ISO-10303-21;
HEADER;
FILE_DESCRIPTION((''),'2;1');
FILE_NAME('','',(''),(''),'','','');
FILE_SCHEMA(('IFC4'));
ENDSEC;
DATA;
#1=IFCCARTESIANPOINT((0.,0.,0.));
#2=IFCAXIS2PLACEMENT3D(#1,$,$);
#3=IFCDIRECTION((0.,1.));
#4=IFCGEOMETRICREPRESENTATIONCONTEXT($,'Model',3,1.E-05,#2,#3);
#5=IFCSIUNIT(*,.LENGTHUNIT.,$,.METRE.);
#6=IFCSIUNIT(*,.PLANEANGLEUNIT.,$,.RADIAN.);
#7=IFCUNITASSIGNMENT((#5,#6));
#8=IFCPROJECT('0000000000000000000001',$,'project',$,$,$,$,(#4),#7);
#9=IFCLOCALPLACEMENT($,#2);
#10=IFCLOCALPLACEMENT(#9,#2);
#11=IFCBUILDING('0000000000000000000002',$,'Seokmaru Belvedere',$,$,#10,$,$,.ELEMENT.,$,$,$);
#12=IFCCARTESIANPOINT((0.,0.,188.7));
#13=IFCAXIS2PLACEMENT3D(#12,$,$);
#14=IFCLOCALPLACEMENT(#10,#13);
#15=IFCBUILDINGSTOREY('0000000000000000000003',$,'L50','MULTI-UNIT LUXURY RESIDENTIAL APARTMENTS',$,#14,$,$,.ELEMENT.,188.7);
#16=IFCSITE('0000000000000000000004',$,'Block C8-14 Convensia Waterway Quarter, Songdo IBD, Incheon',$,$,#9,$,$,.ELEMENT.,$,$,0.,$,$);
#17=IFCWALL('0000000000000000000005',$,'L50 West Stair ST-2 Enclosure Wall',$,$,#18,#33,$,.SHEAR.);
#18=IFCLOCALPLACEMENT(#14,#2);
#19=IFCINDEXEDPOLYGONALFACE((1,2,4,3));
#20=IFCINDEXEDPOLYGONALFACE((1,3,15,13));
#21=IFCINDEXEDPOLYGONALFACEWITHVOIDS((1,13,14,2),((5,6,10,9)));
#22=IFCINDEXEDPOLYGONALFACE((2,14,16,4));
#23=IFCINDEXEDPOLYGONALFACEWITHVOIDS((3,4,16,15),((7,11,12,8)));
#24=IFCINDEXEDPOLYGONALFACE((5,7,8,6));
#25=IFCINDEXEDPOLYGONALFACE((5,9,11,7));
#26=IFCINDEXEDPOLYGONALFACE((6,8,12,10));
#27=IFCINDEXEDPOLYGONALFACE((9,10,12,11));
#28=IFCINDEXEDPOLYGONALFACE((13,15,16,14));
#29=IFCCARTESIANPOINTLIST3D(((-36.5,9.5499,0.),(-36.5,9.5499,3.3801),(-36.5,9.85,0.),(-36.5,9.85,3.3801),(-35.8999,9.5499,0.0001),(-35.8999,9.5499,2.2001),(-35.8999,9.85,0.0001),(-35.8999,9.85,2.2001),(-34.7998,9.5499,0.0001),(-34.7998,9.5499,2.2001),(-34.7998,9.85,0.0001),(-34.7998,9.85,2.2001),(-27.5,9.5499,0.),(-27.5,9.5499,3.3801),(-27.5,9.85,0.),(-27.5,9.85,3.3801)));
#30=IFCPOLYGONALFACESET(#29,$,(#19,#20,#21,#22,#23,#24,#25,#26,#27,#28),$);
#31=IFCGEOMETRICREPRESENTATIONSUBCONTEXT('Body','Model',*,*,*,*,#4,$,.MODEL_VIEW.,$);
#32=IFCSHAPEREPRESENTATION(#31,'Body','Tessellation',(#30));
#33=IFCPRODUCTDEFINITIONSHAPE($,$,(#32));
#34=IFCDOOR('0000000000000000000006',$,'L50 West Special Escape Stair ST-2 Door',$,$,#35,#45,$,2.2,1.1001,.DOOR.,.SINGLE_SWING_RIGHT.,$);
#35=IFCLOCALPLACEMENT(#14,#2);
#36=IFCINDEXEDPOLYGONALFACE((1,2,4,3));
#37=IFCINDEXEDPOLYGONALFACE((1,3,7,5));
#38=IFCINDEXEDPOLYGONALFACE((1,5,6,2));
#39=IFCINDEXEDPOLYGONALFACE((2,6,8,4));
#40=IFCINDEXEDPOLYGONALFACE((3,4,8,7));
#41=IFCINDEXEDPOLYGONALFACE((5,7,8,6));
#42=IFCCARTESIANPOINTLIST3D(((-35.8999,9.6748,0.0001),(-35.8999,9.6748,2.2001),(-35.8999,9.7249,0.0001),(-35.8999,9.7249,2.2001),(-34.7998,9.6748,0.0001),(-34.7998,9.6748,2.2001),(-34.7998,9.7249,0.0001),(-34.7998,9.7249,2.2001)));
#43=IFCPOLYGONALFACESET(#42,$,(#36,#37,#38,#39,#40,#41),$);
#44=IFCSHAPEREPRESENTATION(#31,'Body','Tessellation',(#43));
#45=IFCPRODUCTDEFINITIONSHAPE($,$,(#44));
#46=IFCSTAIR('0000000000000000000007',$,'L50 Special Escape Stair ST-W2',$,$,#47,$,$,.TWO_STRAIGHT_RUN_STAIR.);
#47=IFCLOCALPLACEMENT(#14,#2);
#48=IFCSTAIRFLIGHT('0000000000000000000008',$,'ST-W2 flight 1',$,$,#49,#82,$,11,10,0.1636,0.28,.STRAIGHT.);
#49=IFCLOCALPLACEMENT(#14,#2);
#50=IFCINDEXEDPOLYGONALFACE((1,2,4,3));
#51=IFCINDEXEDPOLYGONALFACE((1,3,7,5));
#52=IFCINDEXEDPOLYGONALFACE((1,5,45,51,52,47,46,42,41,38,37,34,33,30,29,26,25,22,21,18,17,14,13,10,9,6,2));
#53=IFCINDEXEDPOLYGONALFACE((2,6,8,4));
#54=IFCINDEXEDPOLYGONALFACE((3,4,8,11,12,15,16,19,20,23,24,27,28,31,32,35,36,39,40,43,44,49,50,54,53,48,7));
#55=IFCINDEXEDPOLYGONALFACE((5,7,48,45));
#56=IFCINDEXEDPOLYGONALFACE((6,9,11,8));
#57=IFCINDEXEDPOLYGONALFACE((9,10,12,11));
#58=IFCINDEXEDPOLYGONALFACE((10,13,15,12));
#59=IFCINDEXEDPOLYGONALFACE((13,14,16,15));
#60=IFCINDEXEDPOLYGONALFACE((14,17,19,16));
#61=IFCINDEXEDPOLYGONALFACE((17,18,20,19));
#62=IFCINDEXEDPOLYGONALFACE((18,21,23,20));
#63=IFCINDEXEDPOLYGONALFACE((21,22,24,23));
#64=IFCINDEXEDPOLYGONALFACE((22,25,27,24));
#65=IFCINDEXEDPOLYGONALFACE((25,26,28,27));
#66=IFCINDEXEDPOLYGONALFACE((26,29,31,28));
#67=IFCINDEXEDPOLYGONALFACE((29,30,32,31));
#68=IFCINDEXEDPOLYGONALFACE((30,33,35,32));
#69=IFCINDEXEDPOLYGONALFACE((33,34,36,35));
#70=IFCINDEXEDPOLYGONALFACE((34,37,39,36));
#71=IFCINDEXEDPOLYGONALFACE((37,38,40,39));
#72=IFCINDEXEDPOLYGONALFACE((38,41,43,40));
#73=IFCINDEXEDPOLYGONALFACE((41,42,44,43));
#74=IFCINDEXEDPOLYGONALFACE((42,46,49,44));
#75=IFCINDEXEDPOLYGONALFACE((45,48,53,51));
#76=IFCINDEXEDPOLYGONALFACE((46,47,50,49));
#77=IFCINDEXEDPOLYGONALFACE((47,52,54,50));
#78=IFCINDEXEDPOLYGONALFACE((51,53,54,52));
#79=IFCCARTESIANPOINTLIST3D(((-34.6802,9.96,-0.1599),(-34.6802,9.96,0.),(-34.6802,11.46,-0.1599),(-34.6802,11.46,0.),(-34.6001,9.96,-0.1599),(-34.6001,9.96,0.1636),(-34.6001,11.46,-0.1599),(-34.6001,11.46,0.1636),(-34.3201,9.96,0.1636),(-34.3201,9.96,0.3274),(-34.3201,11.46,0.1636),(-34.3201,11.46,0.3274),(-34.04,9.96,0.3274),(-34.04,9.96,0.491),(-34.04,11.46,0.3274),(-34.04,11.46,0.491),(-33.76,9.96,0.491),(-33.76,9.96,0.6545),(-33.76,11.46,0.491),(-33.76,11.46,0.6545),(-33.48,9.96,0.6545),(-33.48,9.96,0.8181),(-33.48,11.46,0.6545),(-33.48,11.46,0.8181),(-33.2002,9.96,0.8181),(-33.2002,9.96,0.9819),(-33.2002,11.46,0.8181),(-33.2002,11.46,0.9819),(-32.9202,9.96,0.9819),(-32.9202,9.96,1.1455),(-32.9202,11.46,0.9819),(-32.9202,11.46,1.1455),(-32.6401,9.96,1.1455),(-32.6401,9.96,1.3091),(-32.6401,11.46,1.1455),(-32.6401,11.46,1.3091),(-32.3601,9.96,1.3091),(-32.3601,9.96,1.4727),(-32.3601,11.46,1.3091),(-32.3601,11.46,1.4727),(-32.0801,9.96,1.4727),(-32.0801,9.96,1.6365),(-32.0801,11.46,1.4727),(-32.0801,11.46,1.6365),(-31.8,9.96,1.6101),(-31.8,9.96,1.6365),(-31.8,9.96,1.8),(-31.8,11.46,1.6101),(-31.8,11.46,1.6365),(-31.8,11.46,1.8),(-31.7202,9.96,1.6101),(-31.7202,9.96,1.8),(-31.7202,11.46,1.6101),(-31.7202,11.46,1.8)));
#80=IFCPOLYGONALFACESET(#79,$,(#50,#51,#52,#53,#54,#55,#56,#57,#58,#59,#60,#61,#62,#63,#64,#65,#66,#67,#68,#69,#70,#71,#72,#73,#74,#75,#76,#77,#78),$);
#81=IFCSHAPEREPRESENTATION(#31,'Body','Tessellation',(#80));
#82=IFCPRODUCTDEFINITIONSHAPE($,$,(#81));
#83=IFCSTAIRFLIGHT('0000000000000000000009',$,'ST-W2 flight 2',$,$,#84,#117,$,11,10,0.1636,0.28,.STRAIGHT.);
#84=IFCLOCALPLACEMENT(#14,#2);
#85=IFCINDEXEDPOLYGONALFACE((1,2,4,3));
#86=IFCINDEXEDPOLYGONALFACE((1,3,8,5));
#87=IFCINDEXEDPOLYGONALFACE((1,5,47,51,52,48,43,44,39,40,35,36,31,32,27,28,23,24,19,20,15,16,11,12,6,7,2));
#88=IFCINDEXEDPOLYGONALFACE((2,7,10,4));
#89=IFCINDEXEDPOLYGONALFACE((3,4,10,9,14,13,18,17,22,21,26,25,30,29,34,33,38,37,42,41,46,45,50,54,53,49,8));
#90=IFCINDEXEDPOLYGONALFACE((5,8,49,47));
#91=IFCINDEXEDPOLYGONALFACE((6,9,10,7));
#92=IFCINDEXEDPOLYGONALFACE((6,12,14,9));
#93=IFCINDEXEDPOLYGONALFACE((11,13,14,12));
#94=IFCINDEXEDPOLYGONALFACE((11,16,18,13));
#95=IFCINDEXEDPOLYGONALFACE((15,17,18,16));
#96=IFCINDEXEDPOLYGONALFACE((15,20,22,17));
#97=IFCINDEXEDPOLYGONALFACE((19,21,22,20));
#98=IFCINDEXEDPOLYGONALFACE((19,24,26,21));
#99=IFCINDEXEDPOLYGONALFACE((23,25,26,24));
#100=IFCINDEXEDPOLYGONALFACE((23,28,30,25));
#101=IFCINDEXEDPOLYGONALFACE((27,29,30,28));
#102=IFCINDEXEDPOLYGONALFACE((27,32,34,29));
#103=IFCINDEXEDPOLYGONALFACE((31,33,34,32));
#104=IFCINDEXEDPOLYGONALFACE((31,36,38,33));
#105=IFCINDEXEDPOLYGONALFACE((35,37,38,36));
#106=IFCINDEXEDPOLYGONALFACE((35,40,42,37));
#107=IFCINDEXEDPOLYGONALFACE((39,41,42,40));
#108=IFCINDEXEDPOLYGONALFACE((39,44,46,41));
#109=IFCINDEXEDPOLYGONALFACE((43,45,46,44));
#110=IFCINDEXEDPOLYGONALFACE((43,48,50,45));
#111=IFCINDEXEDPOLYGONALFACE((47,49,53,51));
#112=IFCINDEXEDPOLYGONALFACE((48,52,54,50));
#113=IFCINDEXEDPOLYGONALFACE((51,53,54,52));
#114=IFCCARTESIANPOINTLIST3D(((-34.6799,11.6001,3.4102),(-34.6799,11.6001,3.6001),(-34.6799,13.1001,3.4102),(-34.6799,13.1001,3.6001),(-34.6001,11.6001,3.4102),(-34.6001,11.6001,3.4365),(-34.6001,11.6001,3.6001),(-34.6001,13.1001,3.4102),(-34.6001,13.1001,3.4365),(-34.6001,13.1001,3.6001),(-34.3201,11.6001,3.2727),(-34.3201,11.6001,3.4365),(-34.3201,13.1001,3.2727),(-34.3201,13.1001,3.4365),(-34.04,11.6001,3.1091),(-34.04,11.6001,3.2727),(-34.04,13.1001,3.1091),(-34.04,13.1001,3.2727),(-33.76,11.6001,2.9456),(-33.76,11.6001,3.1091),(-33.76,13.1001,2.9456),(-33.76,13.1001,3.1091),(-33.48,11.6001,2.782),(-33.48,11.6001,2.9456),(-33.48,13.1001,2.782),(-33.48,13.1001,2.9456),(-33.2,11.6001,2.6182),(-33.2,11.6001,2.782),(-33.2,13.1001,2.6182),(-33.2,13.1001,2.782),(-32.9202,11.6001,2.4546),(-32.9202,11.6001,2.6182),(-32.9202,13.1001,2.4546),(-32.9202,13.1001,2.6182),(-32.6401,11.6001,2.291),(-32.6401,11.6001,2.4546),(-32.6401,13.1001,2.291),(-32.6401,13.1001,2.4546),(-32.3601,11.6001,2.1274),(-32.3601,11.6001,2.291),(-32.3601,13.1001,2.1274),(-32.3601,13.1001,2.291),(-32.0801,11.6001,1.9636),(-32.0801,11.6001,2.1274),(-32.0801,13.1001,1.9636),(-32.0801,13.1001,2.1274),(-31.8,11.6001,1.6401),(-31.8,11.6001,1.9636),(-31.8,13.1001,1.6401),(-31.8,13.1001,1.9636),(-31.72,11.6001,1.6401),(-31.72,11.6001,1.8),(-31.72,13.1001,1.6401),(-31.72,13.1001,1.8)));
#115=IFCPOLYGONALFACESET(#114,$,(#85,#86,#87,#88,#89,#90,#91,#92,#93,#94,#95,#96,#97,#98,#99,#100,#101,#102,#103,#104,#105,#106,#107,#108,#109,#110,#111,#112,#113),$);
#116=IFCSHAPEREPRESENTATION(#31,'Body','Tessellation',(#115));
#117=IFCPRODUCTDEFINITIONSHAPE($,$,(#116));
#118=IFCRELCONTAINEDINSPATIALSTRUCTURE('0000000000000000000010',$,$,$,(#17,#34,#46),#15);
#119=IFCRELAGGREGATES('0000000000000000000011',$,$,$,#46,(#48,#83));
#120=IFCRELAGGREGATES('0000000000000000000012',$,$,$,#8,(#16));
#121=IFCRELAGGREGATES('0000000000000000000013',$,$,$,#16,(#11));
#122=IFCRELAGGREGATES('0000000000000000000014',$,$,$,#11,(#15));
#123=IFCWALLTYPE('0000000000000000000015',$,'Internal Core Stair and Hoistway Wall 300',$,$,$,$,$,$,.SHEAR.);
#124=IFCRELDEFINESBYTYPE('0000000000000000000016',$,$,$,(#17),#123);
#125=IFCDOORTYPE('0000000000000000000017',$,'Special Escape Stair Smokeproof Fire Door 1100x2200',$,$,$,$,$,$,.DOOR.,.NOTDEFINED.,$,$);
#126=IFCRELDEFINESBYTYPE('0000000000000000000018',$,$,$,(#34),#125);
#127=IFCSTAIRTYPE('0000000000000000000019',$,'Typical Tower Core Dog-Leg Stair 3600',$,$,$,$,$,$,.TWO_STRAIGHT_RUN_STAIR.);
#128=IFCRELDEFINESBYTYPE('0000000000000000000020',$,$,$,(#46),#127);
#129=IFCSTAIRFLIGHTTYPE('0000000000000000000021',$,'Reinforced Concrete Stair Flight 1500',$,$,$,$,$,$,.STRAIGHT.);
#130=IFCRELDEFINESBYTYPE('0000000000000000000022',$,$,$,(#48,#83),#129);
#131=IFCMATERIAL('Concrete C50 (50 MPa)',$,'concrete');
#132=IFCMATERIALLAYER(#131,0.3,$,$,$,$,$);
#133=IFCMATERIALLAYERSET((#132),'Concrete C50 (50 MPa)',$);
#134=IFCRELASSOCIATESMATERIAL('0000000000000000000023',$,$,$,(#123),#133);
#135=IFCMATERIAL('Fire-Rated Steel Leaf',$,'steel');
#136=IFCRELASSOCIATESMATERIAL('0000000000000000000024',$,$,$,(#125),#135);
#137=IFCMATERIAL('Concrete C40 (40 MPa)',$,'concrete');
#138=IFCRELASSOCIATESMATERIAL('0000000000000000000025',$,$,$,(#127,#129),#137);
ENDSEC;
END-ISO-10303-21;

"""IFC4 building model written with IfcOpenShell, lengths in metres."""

from ifc_helpers import new_model, si_unit, direction, frame, frame_2d, origin, place, context, subcontext, project, spatial, polyline, rectangle, outline, extrude, source, transform, mapped, material, layer, layer_set, type_object, type_shapes, element, fill, aggregate, save


model = new_model("IFC4")

# Units and contexts
model_context = context("Model", 3, precision=1e-05, world=origin(), true_north=direction((0.0, 1.0)))
body_context = subcontext(model_context, "Body", "Model", "MODEL_VIEW")
ifc_project = project(units=[si_unit("LENGTHUNIT", "METRE"), si_unit("PLANEANGLEUNIT", "RADIAN")], contexts=[model_context])

# Site, building, storey
site_placement = place(None, origin())
site = spatial("IfcSite", under=ifc_project, at=site_placement, Name="Block C8-14 Convensia Waterway Quarter, Songdo IBD, Incheon", CompositionType="ELEMENT", RefElevation=0.0)
building_placement = place(site_placement, origin())
building = spatial("IfcBuilding", under=site, at=building_placement, Name="Seokmaru Belvedere", CompositionType="ELEMENT")
storey_placement = place(building_placement, frame((0.0, 0.0, 188.7)))
storey = spatial("IfcBuildingStorey", under=building, at=storey_placement, Name="L50", Description="MULTI-UNIT LUXURY RESIDENTIAL APARTMENTS", CompositionType="ELEMENT", Elevation=188.7)

# Shared definitions
ifc_material_1 = material(Name="Concrete C50 (50 MPa)", Category="concrete")

# Wall, opening, door
ifc_layer_1 = layer(ifc_material_1, 0.3)
ifc_layer_set_1 = layer_set([ifc_layer_1], Name="Concrete C50 (50 MPa)")
wall_type_1 = type_object("IfcWallType", Name="Internal Core Stair and Hoistway Wall 300", PredefinedType="SHEAR", material=ifc_layer_set_1)
wall_1_placement = place(storey_placement, frame((-36.5, 9.7, 0.0), z_axis=(0.0, 0.0, 1.0), x_axis=(1.0, 0.0, 0.0)))
wall_1 = element("IfcWall", 1, at=wall_1_placement, inside=storey, type_object=wall_type_1, Name="L50 West Stair ST-2 Enclosure Wall", PredefinedType="SHEAR", context=body_context, shape_type="SweptSolid", body=[
    extrude(rectangle(XDim=9.0, YDim=0.3, at=frame_2d((4.5, 0.0))), origin(), (0.0, 0.0, 1.0), 3.3801),
])
opening_1_placement = place(wall_1_placement, frame((0.6001, 0.0, 0.0)))
opening_1 = element("IfcOpeningElement", 2, at=opening_1_placement, cuts=wall_1, PredefinedType="OPENING", context=body_context, shape_type="SweptSolid", body=[
    extrude(rectangle(XDim=1.1001, YDim=2.2, at=frame_2d((0.55, 1.1001))), frame((0.0, 0.1602, 0.0), z_axis=(0.0, -1.0, 0.0), x_axis=(1.0, 0.0, 0.0)), (0.0, 0.0, 1.0), 0.3201),
])
ifc_material_2 = material(Name="Fire-Rated Steel Leaf", Category="steel")
door_type_1 = type_object("IfcDoorType", Name="Special Escape Stair Smokeproof Fire Door 1100x2200", OperationType="NOTDEFINED", PredefinedType="DOOR", material=ifc_material_2)
shared_shape_1 = source(origin(), body_context, "Body", "SweptSolid", [
    extrude(rectangle(XDim=1.1001, YDim=2.2, at=frame_2d((0.55, 1.1001))), frame((0.0, 0.0249, 0.0), z_axis=(0.0, -1.0, 0.0), x_axis=(1.0, 0.0, 0.0)), (0.0, 0.0, 1.0), 0.05),
])
type_shapes(door_type_1, [shared_shape_1])
door_1_placement = place(opening_1_placement, origin())
door_1 = element("IfcDoor", 3, at=door_1_placement, inside=storey, type_object=door_type_1, Name="L50 West Special Escape Stair ST-2 Door", OperationType="SINGLE_SWING_RIGHT", OverallHeight=2.2, OverallWidth=1.1001, PredefinedType="DOOR", context=body_context, shape_type="MappedRepresentation", body=[
    mapped(shared_shape_1, transform((0.0, 0.0, 0.0), scale=1.0)),
])
fill(opening_1, door_1)

# Stair, stair flights
ifc_material_3 = material(Name="Concrete C40 (40 MPa)", Category="concrete")
stair_type = type_object("IfcStairType", Name="Typical Tower Core Dog-Leg Stair 3600", PredefinedType="TWO_STRAIGHT_RUN_STAIR", material=ifc_material_3)
stair_placement = place(storey_placement, origin())
stair = element("IfcStair", 4, at=stair_placement, inside=storey, type_object=stair_type, Name="L50 Special Escape Stair ST-W2", PredefinedType="TWO_STRAIGHT_RUN_STAIR")
stair_flight_type = type_object("IfcStairFlightType", Name="Reinforced Concrete Stair Flight 1500", PredefinedType="STRAIGHT", material=ifc_material_3)
stair_flight_1_placement = place(storey_placement, frame((-34.6001, 10.71, 0.0), z_axis=(0.0, 0.0, 1.0), x_axis=(1.0, 0.0, 0.0)))
stair_flight_1 = element("IfcStairFlight", 5, at=stair_flight_1_placement, type_object=stair_flight_type, Name="ST-W2 flight 1", NumberOfRisers=11, NumberOfTreads=10, PredefinedType="STRAIGHT", RiserHeight=0.1636, TreadLength=0.28, context=body_context, shape_type="SweptSolid", body=[
    extrude(outline(polyline([(-0.0801, 0.0), (0.0, 0.1636), (0.28, 0.1636), (0.28, 0.3274), (0.5601, 0.3274), (0.5601, 0.491), (0.8401, 0.491), (0.8401, 0.6545), (1.1201, 0.6545), (1.1201, 0.8181), (1.3999, 0.8181), (1.3999, 0.9819), (1.6799, 0.9819), (1.6799, 1.1455), (1.96, 1.1455), (1.96, 1.3091), (2.24, 1.3091), (2.24, 1.4727), (2.52, 1.4727), (2.52, 1.6365), (2.8, 1.6365), (2.8, 1.8), (2.8799, 1.8), (2.8799, 1.6101), (2.8, 1.6101), (0.0, -0.1599), (-0.0801, -0.1599), (-0.0801, 0.0)])), frame((0.0, 0.75, 0.0), z_axis=(0.0, -1.0, 0.0), x_axis=(1.0, 0.0, 0.0)), (0.0, 0.0, 1.0), 1.5),
])
stair_flight_2_placement = place(storey_placement, frame((-31.8, 12.3501, 1.8), z_axis=(0.0, 0.0, 1.0), x_axis=(-1.0, 0.0, 0.0)))
stair_flight_2 = element("IfcStairFlight", 6, at=stair_flight_2_placement, type_object=stair_flight_type, Name="ST-W2 flight 2", NumberOfRisers=11, NumberOfTreads=10, PredefinedType="STRAIGHT", RiserHeight=0.1636, TreadLength=0.28, context=body_context, shape_type="SweptSolid", body=[
    extrude(outline(polyline([(-0.0801, 0.0), (0.0, 0.1636), (0.28, 0.1636), (0.28, 0.3274), (0.5601, 0.3274), (0.5601, 0.491), (0.8401, 0.491), (0.8401, 0.6545), (1.1201, 0.6545), (1.1201, 0.8181), (1.3999, 0.8181), (1.3999, 0.9819), (1.6799, 0.9819), (1.6799, 1.1455), (1.96, 1.1455), (1.96, 1.3091), (2.24, 1.3091), (2.24, 1.4727), (2.52, 1.4727), (2.52, 1.6365), (2.8, 1.6365), (2.8, 1.8), (2.8799, 1.8), (2.8799, 1.6101), (2.8, 1.6101), (0.0, -0.1599), (-0.0801, -0.1599), (-0.0801, 0.0)])), frame((0.0, 0.75, 0.0), z_axis=(0.0, -1.0, 0.0), x_axis=(1.0, 0.0, 0.0)), (0.0, 0.0, 1.0), 1.5),
])
aggregate(stair, [stair_flight_1, stair_flight_2])

save(model, "model.ifc")
